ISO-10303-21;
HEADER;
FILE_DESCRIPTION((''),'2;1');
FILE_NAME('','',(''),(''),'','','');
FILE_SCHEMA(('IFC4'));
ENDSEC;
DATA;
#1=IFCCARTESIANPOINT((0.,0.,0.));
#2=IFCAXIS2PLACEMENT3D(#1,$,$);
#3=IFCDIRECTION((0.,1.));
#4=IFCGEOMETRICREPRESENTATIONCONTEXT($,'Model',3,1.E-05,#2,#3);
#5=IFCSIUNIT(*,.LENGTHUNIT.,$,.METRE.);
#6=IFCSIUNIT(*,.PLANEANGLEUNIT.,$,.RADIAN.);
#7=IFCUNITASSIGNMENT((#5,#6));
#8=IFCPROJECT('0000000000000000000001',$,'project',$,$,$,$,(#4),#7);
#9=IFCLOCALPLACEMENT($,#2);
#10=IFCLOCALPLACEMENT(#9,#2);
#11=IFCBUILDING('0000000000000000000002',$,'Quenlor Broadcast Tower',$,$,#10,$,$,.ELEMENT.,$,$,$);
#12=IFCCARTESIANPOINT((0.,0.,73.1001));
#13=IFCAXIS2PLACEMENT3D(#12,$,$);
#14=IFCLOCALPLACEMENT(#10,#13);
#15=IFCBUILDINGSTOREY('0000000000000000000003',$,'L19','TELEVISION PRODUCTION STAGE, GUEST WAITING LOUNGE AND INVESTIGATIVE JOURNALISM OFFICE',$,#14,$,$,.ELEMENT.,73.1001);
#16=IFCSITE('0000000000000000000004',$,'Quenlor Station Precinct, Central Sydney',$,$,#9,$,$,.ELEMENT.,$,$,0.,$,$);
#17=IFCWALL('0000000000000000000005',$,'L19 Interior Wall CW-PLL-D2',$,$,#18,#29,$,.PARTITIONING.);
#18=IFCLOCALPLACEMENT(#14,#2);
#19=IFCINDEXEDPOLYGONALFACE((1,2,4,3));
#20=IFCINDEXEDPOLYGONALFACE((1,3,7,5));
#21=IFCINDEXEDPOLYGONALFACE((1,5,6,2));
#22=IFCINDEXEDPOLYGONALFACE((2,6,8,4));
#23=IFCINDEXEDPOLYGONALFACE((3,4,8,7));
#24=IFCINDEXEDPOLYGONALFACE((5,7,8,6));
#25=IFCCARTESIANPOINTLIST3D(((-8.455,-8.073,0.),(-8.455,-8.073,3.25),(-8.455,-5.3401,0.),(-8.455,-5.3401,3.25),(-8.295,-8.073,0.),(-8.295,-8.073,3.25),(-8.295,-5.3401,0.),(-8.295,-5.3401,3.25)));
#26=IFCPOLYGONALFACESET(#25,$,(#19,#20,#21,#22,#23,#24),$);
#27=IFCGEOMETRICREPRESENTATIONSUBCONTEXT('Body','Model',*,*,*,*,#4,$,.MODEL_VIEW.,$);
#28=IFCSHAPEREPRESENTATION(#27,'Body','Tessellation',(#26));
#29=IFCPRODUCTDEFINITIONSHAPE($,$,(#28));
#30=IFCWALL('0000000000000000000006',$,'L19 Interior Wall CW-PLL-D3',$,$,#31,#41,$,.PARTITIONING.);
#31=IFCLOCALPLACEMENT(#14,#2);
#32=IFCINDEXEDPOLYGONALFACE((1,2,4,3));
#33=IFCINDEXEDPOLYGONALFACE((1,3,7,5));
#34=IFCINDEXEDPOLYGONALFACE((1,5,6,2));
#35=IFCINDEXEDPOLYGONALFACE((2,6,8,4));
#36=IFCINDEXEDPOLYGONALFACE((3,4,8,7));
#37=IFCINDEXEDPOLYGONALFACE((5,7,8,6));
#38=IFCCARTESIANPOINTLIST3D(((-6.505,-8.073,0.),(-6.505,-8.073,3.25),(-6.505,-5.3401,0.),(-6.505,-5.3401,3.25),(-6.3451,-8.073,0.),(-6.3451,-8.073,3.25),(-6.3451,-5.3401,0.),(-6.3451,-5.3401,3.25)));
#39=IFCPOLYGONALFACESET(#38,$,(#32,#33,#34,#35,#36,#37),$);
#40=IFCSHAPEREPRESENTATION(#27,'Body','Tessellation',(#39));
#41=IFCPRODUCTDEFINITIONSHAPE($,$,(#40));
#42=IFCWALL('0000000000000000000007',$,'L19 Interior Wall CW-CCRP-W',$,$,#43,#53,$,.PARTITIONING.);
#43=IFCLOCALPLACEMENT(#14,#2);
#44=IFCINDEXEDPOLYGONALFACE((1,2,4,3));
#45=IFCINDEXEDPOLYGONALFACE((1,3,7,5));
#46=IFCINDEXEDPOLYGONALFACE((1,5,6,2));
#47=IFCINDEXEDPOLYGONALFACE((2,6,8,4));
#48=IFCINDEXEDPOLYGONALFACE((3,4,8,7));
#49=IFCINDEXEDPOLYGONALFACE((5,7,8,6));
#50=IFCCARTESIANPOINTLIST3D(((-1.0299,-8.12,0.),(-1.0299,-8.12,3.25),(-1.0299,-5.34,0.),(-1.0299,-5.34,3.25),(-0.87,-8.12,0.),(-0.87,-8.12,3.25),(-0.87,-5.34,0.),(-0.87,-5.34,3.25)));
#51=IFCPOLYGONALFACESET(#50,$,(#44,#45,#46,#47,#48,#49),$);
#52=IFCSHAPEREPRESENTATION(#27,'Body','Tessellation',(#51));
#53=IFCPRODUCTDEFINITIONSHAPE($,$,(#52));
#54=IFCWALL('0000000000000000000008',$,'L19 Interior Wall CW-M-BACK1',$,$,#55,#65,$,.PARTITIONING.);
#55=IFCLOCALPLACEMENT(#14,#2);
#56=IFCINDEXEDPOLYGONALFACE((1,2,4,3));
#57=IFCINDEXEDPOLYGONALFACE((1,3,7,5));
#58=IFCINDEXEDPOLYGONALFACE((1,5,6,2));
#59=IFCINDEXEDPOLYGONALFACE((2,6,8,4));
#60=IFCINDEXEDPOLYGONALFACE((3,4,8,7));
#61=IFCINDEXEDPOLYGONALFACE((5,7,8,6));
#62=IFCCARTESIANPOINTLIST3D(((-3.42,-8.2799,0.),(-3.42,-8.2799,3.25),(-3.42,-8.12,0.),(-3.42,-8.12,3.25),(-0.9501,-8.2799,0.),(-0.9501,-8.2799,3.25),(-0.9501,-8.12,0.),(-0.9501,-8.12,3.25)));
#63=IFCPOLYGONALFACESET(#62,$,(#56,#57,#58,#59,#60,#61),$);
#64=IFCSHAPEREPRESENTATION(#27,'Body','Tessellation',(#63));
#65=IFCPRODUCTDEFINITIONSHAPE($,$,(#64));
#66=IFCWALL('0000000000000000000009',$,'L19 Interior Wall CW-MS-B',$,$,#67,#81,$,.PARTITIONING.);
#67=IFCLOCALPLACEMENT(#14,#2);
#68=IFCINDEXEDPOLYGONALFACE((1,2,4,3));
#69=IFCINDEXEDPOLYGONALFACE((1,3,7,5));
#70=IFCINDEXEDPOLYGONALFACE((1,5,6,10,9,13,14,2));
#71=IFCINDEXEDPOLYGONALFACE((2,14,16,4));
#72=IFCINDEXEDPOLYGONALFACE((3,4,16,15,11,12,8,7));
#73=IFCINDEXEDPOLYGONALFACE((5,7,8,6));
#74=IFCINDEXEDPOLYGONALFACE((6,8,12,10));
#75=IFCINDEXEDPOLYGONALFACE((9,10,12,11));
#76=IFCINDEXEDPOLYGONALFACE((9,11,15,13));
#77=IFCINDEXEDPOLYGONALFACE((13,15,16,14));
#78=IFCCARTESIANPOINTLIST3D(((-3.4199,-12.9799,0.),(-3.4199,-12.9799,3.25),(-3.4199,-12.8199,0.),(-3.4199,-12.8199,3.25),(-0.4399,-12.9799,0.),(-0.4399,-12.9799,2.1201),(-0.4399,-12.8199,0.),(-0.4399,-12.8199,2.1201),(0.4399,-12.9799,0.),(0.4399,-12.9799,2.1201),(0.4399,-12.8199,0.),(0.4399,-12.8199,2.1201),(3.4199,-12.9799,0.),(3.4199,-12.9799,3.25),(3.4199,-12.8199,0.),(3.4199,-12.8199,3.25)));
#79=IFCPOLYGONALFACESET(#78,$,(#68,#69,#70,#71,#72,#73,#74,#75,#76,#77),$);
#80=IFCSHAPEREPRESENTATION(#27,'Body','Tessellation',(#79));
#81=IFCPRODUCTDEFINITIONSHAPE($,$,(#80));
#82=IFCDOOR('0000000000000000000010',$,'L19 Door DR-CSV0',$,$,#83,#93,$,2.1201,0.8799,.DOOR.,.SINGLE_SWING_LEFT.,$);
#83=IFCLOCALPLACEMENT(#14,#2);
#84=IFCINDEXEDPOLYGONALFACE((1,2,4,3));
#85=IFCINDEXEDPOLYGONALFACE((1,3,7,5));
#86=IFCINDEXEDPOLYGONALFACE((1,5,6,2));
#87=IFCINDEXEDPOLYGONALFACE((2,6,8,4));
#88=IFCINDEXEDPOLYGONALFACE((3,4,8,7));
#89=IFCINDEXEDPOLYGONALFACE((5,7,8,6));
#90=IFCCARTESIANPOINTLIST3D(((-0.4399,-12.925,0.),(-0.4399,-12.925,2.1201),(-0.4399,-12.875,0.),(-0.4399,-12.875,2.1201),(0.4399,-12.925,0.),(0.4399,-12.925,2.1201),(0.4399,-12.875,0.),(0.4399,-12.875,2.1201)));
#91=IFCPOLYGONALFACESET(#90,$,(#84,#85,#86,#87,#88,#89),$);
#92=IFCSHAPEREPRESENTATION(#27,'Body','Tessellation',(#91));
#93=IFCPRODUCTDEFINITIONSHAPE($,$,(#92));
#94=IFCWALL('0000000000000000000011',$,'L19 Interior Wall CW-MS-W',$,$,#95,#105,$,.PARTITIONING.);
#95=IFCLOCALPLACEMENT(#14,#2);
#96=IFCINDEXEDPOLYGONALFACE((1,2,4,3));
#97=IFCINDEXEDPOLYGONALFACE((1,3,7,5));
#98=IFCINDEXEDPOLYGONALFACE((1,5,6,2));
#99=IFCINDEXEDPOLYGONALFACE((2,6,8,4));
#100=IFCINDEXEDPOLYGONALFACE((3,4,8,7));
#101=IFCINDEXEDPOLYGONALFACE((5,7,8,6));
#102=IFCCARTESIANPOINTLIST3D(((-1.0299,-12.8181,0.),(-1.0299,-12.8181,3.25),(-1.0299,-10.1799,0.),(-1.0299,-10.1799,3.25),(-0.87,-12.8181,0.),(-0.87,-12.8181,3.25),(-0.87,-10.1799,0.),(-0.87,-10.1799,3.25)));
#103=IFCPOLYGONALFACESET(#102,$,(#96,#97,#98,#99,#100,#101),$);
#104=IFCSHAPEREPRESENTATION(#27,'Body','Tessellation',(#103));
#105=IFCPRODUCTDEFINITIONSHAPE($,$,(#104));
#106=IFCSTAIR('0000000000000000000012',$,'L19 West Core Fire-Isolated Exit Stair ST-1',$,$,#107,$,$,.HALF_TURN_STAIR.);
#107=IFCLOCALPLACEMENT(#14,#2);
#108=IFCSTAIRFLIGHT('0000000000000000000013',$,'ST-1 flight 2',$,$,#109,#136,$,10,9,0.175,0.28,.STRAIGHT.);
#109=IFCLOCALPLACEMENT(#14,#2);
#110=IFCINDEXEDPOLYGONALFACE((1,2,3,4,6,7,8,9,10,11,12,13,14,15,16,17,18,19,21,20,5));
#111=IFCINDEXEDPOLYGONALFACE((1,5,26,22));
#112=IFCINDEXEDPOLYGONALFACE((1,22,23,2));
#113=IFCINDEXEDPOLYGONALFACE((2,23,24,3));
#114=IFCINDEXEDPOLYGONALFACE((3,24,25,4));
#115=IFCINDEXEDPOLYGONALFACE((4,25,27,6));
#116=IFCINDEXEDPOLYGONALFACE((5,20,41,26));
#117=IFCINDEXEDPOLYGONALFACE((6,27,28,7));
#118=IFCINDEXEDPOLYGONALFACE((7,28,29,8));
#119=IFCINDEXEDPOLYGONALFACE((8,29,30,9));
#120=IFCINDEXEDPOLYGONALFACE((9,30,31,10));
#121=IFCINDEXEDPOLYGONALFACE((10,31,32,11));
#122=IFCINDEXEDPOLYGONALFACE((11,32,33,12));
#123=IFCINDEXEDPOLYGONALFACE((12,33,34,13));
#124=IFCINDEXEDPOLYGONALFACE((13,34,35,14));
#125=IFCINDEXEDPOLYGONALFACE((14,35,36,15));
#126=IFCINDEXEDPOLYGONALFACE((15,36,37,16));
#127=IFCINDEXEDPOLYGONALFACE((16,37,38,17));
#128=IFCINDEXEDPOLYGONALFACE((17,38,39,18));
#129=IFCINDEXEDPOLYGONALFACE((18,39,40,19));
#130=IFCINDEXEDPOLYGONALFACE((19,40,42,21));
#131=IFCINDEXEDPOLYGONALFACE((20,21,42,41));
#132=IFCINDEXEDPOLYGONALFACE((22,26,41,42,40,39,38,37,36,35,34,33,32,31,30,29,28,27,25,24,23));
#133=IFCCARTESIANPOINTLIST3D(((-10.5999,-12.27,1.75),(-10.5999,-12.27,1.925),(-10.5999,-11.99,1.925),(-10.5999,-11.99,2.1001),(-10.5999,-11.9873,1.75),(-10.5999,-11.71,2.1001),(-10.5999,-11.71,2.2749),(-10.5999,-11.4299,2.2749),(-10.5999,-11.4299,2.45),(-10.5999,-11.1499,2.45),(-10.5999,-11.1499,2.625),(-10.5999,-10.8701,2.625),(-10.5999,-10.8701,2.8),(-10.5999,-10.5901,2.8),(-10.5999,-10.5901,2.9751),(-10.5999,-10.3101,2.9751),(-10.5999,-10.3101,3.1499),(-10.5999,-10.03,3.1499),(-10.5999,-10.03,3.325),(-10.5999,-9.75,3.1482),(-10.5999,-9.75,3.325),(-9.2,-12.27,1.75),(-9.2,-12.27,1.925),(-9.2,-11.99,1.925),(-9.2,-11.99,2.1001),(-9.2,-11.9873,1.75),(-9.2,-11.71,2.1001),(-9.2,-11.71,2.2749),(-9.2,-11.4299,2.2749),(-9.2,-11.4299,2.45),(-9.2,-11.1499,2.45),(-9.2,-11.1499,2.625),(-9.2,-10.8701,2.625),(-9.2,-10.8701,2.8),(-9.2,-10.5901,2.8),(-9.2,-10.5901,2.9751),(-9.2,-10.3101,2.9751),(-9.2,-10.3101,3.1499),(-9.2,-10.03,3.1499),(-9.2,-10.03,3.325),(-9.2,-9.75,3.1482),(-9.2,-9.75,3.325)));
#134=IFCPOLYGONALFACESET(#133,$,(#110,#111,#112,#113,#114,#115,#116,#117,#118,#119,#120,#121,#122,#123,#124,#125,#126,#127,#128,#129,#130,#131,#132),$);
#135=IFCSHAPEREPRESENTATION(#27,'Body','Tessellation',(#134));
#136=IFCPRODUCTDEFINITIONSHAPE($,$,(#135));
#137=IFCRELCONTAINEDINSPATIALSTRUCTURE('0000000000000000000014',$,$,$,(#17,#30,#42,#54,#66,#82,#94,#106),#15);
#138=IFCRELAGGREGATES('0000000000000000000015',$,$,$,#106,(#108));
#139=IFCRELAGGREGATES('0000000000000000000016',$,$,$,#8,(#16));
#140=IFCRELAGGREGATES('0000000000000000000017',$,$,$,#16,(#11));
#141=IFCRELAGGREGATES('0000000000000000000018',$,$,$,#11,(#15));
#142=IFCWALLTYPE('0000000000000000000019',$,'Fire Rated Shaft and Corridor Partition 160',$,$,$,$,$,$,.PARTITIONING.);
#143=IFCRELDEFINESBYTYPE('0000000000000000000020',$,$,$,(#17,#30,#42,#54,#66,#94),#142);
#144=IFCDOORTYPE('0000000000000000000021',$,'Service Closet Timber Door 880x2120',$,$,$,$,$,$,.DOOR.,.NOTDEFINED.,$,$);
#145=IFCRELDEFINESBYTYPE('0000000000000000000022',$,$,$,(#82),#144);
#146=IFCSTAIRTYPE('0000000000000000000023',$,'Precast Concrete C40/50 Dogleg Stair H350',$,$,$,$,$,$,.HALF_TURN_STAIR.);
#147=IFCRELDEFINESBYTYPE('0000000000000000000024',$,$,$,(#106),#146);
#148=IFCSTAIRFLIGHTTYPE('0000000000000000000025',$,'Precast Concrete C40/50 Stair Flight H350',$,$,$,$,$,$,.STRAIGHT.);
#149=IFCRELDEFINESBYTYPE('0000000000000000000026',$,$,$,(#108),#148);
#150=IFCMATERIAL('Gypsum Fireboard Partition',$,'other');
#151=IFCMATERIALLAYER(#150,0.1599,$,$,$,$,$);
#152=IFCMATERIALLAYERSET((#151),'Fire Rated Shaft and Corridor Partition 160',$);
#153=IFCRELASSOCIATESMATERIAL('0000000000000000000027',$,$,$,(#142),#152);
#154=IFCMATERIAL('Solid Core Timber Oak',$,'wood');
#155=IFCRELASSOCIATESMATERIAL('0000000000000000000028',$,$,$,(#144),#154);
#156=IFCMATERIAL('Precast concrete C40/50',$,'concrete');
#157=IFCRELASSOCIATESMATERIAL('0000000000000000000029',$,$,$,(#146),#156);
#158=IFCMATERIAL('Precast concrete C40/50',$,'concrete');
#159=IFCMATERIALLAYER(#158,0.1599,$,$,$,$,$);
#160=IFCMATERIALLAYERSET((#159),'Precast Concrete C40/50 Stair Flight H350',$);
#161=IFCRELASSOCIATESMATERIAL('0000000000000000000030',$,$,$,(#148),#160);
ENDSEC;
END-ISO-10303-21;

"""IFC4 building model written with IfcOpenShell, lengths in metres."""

from ifc_helpers import new_model, si_unit, direction, frame, frame_2d, origin, place, context, subcontext, project, spatial, polyline, rectangle, outline, extrude, material, layer, layer_set, type_object, element, fill, aggregate, save


model = new_model("IFC4")

# Units and contexts
model_context = context("Model", 3, precision=1e-05, world=origin(), true_north=direction((0.0, 1.0)))
body_context = subcontext(model_context, "Body", "Model", "MODEL_VIEW")
ifc_project = project(units=[si_unit("LENGTHUNIT", "METRE"), si_unit("PLANEANGLEUNIT", "RADIAN")], contexts=[model_context])

# Site, building, storey
site_placement = place(None, origin())
site = spatial("IfcSite", under=ifc_project, at=site_placement, Name="Quenlor Station Precinct, Central Sydney", CompositionType="ELEMENT", RefElevation=0.0)
building_placement = place(site_placement, origin())
building = spatial("IfcBuilding", under=site, at=building_placement, Name="Quenlor Broadcast Tower", CompositionType="ELEMENT")
storey_placement = place(building_placement, frame((0.0, 0.0, 73.1001)))
storey = spatial("IfcBuildingStorey", under=building, at=storey_placement, Name="L19", Description="TELEVISION PRODUCTION STAGE, GUEST WAITING LOUNGE AND INVESTIGATIVE JOURNALISM OFFICE", CompositionType="ELEMENT", Elevation=73.1001)

# Walls
ifc_material_1 = material(Name="Gypsum Fireboard Partition", Category="other")
ifc_layer_1 = layer(ifc_material_1, 0.1599)
ifc_layer_set_1 = layer_set([ifc_layer_1], Name="Fire Rated Shaft and Corridor Partition 160")
wall_type_1 = type_object("IfcWallType", Name="Fire Rated Shaft and Corridor Partition 160", PredefinedType="PARTITIONING", material=ifc_layer_set_1)
for number, where, z_axis, x_axis, name in (
    (1, (-8.375, -8.073, 0.0), (0.0, 0.0, 1.0), (0.0, 1.0, 0.0), "L19 Interior Wall CW-PLL-D2"),
    (2, (-6.425, -8.073, 0.0), (0.0, 0.0, 1.0), (0.0, 1.0, 0.0), "L19 Interior Wall CW-PLL-D3"),
):
    element("IfcWall", number, at=place(storey_placement, frame(where, z_axis=z_axis, x_axis=x_axis)), inside=storey, type_object=wall_type_1, Name=name, PredefinedType="PARTITIONING", context=body_context, shape_type="SweptSolid", body=[
        extrude(rectangle(XDim=2.7329, YDim=0.1599, at=frame_2d((1.3665, 0.0))), origin(), (0.0, 0.0, 1.0), 3.25),
    ])
wall_1_placement = place(storey_placement, frame((-0.95, -8.1201, 0.0), z_axis=(0.0, 0.0, 1.0), x_axis=(0.0, 1.0, 0.0)))
element("IfcWall", 3, at=wall_1_placement, inside=storey, type_object=wall_type_1, Name="L19 Interior Wall CW-CCRP-W", PredefinedType="PARTITIONING", context=body_context, shape_type="SweptSolid", body=[
    extrude(rectangle(XDim=2.78, YDim=0.1599, at=frame_2d((1.3901, 0.0))), origin(), (0.0, 0.0, 1.0), 3.25),
])
wall_2_placement = place(storey_placement, frame((-3.4199, -8.2, 0.0), z_axis=(0.0, 0.0, 1.0), x_axis=(1.0, 0.0, 0.0)))
element("IfcWall", 4, at=wall_2_placement, inside=storey, type_object=wall_type_1, Name="L19 Interior Wall CW-M-BACK1", PredefinedType="PARTITIONING", context=body_context, shape_type="SweptSolid", body=[
    extrude(rectangle(XDim=2.47, YDim=0.1599, at=frame_2d((1.2349, 0.0))), origin(), (0.0, 0.0, 1.0), 3.25),
])

# Wall, opening, door
wall_3_placement = place(storey_placement, frame((-3.4199, -12.8999, 0.0), z_axis=(0.0, 0.0, 1.0), x_axis=(1.0, 0.0, 0.0)))
wall_3 = element("IfcWall", 5, at=wall_3_placement, inside=storey, type_object=wall_type_1, Name="L19 Interior Wall CW-MS-B", PredefinedType="PARTITIONING", context=body_context, shape_type="SweptSolid", body=[
    extrude(rectangle(XDim=6.8398, YDim=0.1599, at=frame_2d((3.4199, 0.0))), origin(), (0.0, 0.0, 1.0), 3.25),
])
opening_1_placement = place(wall_3_placement, frame((2.98, 0.0, 0.0)))
opening_1 = element("IfcOpeningElement", 6, at=opening_1_placement, cuts=wall_3, PredefinedType="OPENING", context=body_context, shape_type="SweptSolid", body=[
    extrude(rectangle(XDim=0.8799, YDim=2.1201, at=frame_2d((0.4399, 1.0601))), frame((0.0, 0.0898, 0.0), z_axis=(0.0, -1.0, 0.0), x_axis=(1.0, 0.0, 0.0)), (0.0, 0.0, 1.0), 0.1799),
])
ifc_material_2 = material(Name="Solid Core Timber Oak", Category="wood")
door_type_1 = type_object("IfcDoorType", Name="Service Closet Timber Door 880x2120", OperationType="NOTDEFINED", PredefinedType="DOOR", material=ifc_material_2)
door_1_placement = place(opening_1_placement, origin())
door_1 = element("IfcDoor", 7, at=door_1_placement, inside=storey, type_object=door_type_1, Name="L19 Door DR-CSV0", OperationType="SINGLE_SWING_LEFT", OverallHeight=2.1201, OverallWidth=0.8799, PredefinedType="DOOR", context=body_context, shape_type="SweptSolid", body=[
    extrude(rectangle(XDim=0.8799, YDim=2.1201, at=frame_2d((0.4399, 1.0601))), frame((0.0, 0.0249, 0.0), z_axis=(0.0, -1.0, 0.0), x_axis=(1.0, 0.0, 0.0)), (0.0, 0.0, 1.0), 0.05),
])
fill(opening_1, door_1)

# Wall
wall_4_placement = place(storey_placement, frame((-0.95, -12.8181, 0.0), z_axis=(0.0, 0.0, 1.0), x_axis=(0.0, 1.0, 0.0)))
element("IfcWall", 8, at=wall_4_placement, inside=storey, type_object=wall_type_1, Name="L19 Interior Wall CW-MS-W", PredefinedType="PARTITIONING", context=body_context, shape_type="SweptSolid", body=[
    extrude(rectangle(XDim=2.6382, YDim=0.1599, at=frame_2d((1.3191, 0.0))), origin(), (0.0, 0.0, 1.0), 3.25),
])

# Stair, stair flight
ifc_material_3 = material(Name="Precast concrete C40/50", Category="concrete")
stair_type = type_object("IfcStairType", Name="Precast Concrete C40/50 Dogleg Stair H350", PredefinedType="HALF_TURN_STAIR", material=ifc_material_3)
stair_placement = place(storey_placement, origin())
stair = element("IfcStair", 9, at=stair_placement, inside=storey, type_object=stair_type, Name="L19 West Core Fire-Isolated Exit Stair ST-1", PredefinedType="HALF_TURN_STAIR")
ifc_material_4 = material(Name="Precast concrete C40/50", Category="concrete")
ifc_layer_2 = layer(ifc_material_4, 0.1599)
ifc_layer_set_2 = layer_set([ifc_layer_2], Name="Precast Concrete C40/50 Stair Flight H350")
stair_flight_type = type_object("IfcStairFlightType", Name="Precast Concrete C40/50 Stair Flight H350", PredefinedType="STRAIGHT", material=ifc_layer_set_2)
stair_flight_placement = place(storey_placement, frame((-9.8999, -12.27, 1.75), z_axis=(0.0, 0.0, 1.0), x_axis=(0.0, 1.0, 0.0)))
stair_flight = element("IfcStairFlight", 10, at=stair_flight_placement, type_object=stair_flight_type, Name="ST-1 flight 2", NumberOfRisers=10, NumberOfTreads=9, PredefinedType="STRAIGHT", RiserHeight=0.175, TreadLength=0.28, context=body_context, shape_type="SweptSolid", body=[
    extrude(outline(polyline([(0.0, 0.0), (0.0, 0.175), (0.28, 0.175), (0.28, 0.3501), (0.5601, 0.3501), (0.5601, 0.5249), (0.8401, 0.5249), (0.8401, 0.7), (1.1201, 0.7), (1.1201, 0.875), (1.3999, 0.875), (1.3999, 1.05), (1.6799, 1.05), (1.6799, 1.2251), (1.96, 1.2251), (1.96, 1.3999), (2.24, 1.3999), (2.24, 1.575), (2.52, 1.575), (2.52, 1.75), (2.52, 1.3982), (0.2827, 0.0), (0.0, 0.0)])), frame((0.0, 0.7, 0.0), z_axis=(0.0, -1.0, 0.0), x_axis=(1.0, 0.0, 0.0)), (0.0, 0.0, 1.0), 1.3999),
])
aggregate(stair, [stair_flight])

save(model, "model.ifc")
